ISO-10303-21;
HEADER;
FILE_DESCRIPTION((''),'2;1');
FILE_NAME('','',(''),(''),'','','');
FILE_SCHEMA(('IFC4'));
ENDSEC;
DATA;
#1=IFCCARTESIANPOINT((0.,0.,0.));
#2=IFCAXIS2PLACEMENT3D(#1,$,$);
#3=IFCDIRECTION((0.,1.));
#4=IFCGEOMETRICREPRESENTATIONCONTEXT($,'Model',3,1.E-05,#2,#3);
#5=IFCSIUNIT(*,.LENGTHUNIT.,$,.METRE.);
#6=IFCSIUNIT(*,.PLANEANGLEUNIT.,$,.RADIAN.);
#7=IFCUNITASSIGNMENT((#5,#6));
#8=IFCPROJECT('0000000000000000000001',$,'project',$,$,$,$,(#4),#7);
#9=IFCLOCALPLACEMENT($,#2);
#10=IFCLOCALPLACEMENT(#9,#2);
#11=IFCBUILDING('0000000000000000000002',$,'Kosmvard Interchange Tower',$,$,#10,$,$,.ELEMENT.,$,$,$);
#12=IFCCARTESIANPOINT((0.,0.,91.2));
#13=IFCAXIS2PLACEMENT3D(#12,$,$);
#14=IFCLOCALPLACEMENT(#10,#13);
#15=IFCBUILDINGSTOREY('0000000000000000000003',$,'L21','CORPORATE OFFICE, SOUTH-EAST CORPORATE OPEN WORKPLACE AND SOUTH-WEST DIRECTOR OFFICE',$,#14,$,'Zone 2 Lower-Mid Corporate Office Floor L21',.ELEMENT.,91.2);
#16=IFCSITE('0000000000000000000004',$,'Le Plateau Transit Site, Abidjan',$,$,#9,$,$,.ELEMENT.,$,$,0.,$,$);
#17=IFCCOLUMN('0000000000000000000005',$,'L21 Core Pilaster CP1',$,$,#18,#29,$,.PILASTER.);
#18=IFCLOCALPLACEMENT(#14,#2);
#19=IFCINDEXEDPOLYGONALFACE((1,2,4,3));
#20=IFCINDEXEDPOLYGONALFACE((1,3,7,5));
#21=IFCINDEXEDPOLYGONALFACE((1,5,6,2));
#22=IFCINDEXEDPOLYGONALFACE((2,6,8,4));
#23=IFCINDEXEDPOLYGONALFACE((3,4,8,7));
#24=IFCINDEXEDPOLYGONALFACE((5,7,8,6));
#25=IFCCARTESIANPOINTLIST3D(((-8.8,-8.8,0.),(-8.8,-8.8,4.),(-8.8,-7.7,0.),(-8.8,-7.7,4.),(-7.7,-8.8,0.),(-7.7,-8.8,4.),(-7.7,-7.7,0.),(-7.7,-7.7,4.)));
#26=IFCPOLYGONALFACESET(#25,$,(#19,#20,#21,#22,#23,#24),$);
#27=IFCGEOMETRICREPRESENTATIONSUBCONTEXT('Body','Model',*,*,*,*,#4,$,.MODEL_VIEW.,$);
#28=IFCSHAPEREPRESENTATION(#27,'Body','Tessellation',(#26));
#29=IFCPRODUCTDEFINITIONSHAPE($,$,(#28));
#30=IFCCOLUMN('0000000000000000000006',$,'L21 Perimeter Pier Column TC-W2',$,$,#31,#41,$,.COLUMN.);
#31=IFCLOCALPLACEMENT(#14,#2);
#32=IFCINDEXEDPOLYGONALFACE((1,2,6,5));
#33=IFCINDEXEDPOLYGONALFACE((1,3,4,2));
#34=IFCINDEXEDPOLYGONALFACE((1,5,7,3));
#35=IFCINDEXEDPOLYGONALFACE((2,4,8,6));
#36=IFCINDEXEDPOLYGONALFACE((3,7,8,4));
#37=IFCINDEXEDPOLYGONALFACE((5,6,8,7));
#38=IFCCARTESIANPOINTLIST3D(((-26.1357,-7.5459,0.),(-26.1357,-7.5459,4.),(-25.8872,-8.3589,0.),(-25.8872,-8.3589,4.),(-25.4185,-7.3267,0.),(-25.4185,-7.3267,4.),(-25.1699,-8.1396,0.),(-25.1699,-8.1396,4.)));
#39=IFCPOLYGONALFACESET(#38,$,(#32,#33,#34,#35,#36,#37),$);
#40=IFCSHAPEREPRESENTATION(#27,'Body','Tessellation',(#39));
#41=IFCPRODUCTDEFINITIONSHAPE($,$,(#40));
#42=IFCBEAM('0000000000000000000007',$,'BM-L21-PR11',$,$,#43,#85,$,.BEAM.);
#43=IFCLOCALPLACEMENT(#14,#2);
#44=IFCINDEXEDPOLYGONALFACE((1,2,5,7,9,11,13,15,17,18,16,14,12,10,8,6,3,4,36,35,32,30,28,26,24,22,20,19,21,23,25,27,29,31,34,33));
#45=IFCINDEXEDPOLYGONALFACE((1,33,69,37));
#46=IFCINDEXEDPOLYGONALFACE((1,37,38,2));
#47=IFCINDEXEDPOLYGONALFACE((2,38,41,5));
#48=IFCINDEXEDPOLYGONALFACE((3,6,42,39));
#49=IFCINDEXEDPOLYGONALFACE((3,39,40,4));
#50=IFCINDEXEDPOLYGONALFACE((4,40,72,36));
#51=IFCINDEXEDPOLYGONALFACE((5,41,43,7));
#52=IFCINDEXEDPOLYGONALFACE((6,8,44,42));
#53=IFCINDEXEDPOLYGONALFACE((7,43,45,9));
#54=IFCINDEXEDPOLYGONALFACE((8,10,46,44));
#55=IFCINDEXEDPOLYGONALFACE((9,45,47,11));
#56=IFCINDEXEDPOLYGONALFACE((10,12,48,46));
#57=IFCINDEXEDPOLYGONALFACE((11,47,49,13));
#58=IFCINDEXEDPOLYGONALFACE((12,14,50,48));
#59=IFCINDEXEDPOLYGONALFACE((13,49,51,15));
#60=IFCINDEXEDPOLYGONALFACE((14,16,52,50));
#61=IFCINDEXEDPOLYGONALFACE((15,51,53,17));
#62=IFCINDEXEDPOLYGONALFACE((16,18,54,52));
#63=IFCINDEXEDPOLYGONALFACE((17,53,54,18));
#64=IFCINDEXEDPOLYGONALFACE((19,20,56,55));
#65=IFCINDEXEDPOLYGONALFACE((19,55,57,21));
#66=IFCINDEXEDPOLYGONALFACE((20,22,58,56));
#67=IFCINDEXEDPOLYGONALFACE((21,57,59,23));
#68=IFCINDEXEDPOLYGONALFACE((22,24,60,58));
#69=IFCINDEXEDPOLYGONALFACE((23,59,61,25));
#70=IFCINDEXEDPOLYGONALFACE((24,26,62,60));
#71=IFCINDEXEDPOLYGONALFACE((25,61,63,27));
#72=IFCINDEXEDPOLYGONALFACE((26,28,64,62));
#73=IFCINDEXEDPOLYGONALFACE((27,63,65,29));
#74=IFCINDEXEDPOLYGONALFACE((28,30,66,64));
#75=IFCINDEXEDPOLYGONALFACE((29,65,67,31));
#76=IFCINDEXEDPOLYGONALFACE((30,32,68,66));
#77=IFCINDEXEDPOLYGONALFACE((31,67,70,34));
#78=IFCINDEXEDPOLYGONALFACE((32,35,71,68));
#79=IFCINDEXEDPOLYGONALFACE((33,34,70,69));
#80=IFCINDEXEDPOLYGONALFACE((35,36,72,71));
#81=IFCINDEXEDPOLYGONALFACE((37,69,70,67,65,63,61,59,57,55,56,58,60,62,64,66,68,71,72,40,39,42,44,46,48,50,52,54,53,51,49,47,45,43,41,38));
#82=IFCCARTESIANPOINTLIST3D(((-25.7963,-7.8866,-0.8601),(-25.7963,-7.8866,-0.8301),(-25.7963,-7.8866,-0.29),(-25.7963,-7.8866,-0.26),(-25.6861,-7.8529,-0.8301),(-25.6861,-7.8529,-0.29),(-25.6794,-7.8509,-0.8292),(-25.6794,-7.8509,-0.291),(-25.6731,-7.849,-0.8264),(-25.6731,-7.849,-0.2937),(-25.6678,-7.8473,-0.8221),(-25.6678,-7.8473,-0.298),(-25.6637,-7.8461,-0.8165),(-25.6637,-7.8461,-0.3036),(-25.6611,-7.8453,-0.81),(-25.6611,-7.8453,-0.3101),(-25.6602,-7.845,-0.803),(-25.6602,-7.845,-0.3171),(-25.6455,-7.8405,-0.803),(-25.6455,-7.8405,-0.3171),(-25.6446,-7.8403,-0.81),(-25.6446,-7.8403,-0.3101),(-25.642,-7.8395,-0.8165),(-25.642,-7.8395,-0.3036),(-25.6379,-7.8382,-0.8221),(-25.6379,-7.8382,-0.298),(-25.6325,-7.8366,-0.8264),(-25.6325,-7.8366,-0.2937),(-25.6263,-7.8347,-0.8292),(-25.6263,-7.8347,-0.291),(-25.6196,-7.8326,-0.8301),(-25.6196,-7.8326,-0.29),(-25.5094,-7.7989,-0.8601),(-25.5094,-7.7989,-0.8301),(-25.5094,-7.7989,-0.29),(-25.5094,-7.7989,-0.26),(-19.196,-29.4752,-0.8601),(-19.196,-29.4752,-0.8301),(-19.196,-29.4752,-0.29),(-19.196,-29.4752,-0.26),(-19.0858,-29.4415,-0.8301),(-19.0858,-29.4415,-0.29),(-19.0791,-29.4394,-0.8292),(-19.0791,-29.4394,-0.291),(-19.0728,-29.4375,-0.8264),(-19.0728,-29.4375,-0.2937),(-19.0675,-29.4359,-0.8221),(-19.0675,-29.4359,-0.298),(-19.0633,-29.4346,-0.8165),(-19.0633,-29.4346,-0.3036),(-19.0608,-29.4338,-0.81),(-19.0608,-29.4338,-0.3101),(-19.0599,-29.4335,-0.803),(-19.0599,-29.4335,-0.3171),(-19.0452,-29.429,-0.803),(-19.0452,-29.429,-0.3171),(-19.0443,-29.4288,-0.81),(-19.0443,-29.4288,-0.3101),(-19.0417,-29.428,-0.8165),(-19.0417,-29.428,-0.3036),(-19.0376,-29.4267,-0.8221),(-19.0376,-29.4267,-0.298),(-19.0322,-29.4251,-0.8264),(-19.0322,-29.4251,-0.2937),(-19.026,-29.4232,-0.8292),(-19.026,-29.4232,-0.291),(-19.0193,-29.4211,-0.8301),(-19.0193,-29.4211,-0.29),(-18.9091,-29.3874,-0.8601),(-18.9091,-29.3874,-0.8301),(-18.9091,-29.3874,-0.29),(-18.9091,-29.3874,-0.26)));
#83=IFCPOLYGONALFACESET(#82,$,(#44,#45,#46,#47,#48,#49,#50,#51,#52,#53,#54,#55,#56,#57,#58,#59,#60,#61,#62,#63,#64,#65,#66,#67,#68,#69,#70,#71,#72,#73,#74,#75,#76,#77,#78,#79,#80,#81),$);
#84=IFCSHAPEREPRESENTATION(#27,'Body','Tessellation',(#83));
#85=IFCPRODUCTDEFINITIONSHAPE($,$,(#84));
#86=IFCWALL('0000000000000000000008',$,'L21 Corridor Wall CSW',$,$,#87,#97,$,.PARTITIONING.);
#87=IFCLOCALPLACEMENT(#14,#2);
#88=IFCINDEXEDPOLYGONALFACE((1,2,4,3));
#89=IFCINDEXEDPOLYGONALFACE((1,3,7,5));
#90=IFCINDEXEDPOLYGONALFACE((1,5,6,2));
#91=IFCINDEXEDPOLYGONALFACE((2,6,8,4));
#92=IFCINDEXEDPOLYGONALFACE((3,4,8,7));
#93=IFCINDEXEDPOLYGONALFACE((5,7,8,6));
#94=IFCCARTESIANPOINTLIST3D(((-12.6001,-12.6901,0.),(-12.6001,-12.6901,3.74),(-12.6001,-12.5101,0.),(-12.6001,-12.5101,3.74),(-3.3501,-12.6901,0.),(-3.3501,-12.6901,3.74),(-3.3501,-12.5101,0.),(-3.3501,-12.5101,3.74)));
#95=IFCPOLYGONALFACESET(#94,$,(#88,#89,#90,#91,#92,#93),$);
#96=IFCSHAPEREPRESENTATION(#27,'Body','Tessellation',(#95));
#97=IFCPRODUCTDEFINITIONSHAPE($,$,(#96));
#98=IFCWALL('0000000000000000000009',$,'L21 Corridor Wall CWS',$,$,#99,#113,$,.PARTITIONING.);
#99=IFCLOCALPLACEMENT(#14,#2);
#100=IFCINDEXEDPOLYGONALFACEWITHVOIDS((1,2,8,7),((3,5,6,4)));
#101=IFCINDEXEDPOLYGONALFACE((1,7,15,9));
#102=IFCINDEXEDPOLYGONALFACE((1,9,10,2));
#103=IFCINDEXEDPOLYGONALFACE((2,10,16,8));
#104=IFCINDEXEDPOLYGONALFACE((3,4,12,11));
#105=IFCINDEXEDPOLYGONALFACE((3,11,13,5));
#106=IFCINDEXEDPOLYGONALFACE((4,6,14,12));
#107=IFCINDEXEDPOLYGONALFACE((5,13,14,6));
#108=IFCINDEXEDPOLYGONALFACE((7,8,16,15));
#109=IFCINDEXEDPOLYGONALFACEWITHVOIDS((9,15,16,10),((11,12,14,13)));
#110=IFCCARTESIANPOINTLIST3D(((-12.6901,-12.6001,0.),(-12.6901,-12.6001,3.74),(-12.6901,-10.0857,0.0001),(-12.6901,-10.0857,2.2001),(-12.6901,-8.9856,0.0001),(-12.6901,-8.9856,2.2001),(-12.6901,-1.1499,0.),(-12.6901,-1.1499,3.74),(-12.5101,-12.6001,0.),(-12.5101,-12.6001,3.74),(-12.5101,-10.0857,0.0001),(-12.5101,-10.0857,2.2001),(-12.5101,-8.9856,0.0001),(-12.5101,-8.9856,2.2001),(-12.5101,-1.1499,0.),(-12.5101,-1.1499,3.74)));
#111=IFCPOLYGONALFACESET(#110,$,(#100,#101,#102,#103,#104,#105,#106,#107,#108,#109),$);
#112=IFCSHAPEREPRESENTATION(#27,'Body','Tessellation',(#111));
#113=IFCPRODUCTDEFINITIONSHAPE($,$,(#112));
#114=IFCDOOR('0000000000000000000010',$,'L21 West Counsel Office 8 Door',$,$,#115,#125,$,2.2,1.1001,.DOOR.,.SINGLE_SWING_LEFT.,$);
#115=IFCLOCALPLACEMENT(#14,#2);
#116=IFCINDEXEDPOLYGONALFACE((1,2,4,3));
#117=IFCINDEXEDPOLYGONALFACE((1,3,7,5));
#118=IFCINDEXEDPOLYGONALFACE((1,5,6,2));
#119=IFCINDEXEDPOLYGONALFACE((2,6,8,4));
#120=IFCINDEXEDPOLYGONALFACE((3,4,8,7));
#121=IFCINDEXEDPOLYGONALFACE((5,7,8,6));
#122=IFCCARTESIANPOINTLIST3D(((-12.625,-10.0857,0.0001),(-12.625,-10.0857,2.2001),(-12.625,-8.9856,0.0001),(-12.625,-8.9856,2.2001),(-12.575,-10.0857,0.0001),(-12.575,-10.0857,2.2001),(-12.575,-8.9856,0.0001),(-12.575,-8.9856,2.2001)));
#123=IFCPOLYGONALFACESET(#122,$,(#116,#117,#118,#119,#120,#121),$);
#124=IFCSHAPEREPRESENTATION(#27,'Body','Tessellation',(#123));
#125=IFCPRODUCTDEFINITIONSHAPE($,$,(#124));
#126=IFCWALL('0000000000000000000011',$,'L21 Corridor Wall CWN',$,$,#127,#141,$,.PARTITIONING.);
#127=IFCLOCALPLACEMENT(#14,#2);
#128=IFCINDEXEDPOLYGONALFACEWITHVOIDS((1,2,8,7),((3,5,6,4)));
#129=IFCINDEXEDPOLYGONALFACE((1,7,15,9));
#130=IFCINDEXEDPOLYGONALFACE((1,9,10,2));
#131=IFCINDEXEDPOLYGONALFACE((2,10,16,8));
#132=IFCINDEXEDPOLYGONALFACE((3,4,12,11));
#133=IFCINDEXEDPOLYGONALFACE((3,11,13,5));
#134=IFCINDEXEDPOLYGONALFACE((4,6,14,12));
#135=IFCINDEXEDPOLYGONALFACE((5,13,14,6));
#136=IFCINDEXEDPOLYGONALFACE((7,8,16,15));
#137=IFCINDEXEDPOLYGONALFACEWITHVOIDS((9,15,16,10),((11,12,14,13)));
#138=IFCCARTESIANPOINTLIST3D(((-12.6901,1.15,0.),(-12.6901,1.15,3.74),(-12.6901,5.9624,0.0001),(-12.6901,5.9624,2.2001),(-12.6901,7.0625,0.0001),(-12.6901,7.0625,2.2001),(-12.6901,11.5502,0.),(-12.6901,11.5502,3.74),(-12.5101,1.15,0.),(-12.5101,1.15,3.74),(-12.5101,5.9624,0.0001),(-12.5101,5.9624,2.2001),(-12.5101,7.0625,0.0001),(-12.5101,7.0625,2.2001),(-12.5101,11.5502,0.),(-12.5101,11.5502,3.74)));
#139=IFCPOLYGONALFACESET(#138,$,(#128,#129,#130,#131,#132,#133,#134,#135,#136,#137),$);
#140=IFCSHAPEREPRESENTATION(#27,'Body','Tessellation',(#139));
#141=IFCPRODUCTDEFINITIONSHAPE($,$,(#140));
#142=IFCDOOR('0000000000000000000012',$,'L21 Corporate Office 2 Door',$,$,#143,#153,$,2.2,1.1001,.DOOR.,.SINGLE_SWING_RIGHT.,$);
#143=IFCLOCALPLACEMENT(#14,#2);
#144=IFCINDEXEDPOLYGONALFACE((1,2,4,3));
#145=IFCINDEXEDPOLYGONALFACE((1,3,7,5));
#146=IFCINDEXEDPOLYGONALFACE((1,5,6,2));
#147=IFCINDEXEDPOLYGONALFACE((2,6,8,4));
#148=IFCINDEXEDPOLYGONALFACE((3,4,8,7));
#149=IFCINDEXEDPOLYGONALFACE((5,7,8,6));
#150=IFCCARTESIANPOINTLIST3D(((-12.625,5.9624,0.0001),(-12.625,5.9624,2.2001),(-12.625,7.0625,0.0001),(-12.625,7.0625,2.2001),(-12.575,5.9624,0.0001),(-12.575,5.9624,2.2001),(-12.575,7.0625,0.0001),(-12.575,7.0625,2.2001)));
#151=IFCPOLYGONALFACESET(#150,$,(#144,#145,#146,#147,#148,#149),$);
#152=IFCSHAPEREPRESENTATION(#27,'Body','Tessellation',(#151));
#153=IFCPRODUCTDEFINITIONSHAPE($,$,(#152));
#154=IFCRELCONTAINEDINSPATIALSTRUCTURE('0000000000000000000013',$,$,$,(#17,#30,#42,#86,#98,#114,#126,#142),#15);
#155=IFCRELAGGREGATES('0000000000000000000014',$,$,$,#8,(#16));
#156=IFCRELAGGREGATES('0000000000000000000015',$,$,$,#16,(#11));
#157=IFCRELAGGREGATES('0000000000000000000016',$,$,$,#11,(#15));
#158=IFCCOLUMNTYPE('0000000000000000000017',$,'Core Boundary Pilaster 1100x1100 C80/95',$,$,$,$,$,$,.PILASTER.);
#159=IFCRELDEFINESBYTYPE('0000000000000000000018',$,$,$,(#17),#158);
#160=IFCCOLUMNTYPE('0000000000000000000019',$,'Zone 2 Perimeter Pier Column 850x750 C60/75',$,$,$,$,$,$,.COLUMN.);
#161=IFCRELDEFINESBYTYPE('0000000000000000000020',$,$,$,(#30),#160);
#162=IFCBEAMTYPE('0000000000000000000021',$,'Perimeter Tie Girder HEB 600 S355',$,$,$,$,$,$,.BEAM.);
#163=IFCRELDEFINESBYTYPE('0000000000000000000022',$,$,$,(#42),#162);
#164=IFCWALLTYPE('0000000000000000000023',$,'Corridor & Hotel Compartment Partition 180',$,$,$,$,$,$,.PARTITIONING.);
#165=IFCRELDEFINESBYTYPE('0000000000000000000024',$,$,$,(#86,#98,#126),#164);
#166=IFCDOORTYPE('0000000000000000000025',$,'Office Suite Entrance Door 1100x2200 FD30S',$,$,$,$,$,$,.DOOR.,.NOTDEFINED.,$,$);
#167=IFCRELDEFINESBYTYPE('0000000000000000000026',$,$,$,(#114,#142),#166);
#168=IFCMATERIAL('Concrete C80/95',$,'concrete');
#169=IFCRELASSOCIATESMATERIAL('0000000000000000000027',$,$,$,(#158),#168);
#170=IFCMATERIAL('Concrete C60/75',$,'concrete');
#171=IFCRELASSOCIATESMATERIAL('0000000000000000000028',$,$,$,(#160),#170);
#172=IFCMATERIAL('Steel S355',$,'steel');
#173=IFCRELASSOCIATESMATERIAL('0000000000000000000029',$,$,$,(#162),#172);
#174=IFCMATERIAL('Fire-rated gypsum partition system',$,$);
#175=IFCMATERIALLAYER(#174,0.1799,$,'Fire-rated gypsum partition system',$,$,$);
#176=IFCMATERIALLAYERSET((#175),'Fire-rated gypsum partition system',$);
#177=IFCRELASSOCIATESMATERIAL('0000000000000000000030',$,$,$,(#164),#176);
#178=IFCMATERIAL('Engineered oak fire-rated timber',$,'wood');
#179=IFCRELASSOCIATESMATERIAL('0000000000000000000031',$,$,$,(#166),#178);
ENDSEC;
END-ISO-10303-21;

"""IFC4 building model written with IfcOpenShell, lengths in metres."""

from ifc_helpers import new_model, si_unit, direction, frame, frame_2d, origin, origin_2d, place, context, subcontext, project, spatial, rectangle, i_section, extrude, source, transform, mapped, material, layer, layer_set, material_profile, profile_set, type_object, element, fill, save


model = new_model("IFC4")

# Units and contexts
model_context = context("Model", 3, precision=1e-05, world=origin(), true_north=direction((0.0, 1.0)))
body_context = subcontext(model_context, "Body", "Model", "MODEL_VIEW")
ifc_project = project(units=[si_unit("LENGTHUNIT", "METRE"), si_unit("PLANEANGLEUNIT", "RADIAN")], contexts=[model_context])

# Site, building, storey
site_placement = place(None, origin())
site = spatial("IfcSite", under=ifc_project, at=site_placement, Name="Le Plateau Transit Site, Abidjan", CompositionType="ELEMENT", RefElevation=0.0)
building_placement = place(site_placement, origin())
building = spatial("IfcBuilding", under=site, at=building_placement, Name="Kosmvard Interchange Tower", CompositionType="ELEMENT")
storey_placement = place(building_placement, frame((0.0, 0.0, 91.2)))
storey = spatial("IfcBuildingStorey", under=building, at=storey_placement, Name="L21", Description="CORPORATE OFFICE, SOUTH-EAST CORPORATE OPEN WORKPLACE AND SOUTH-WEST DIRECTOR OFFICE", LongName="Zone 2 Lower-Mid Corporate Office Floor L21", CompositionType="ELEMENT", Elevation=91.2)

# Columns
ifc_material_1 = material(Name="Concrete C80/95", Category="concrete")
ifc_material_profile_1 = material_profile(ifc_material_1, rectangle(XDim=1.1001, YDim=1.1001, at=origin_2d()), Name="CP 1100x1100")
ifc_profile_set_1 = profile_set([ifc_material_profile_1], Name="Concrete C80/95")
column_type_1 = type_object("IfcColumnType", Name="Core Boundary Pilaster 1100x1100 C80/95", PredefinedType="PILASTER", material=ifc_profile_set_1)
shared_shape_1 = source(origin(), body_context, "Body", "SweptSolid", [
    extrude(rectangle(XDim=1.1001, YDim=1.1001, at=origin_2d()), origin(), (0.0, 0.0, 1.0), 4.0),
])
column_1_placement = place(storey_placement, frame((-8.25, -8.25, 0.0), z_axis=(0.0, 0.0, 1.0), x_axis=(1.0, 0.0, 0.0)))
element("IfcColumn", 1, at=column_1_placement, inside=storey, type_object=column_type_1, Name="L21 Core Pilaster CP1", PredefinedType="PILASTER", context=body_context, shape_type="MappedRepresentation", body=[
    mapped(shared_shape_1, transform((0.0, 0.0, 0.0), scale=1.0)),
])
ifc_material_2 = material(Name="Concrete C60/75", Category="concrete")
ifc_material_profile_2 = material_profile(ifc_material_2, rectangle(XDim=0.75, YDim=0.8501, at=origin_2d()), Name="TC 850x750")
ifc_profile_set_2 = profile_set([ifc_material_profile_2], Name="Concrete C60/75")
column_type_2 = type_object("IfcColumnType", Name="Zone 2 Perimeter Pier Column 850x750 C60/75", PredefinedType="COLUMN", material=ifc_profile_set_2)
shared_shape_2 = source(origin(), body_context, "Body", "SweptSolid", [
    extrude(rectangle(XDim=0.75, YDim=0.8501, at=origin_2d()), origin(), (0.0, 0.0, 1.0), 4.0),
])
column_2_placement = place(storey_placement, frame((-25.6528, -7.8428, 0.0), z_axis=(0.0, 0.0, 1.0), x_axis=(0.956305, 0.292372, 0.0)))
element("IfcColumn", 2, at=column_2_placement, inside=storey, type_object=column_type_2, Name="L21 Perimeter Pier Column TC-W2", PredefinedType="COLUMN", context=body_context, shape_type="MappedRepresentation", body=[
    mapped(shared_shape_2, transform((0.0, 0.0, 0.0), scale=1.0)),
])

# Beam
ifc_material_3 = material(Name="Steel S355", Category="steel")
ifc_material_profile_3 = material_profile(ifc_material_3, i_section(OverallWidth=0.3, OverallDepth=0.6001, WebThickness=0.0154, FlangeThickness=0.03, FilletRadius=0.0271, at=origin_2d()), Name="HEB 600")
ifc_profile_set_3 = profile_set([ifc_material_profile_3], Name="Steel S355")
beam_type = type_object("IfcBeamType", Name="Perimeter Tie Girder HEB 600 S355", PredefinedType="BEAM", material=ifc_profile_set_3)
shared_shape_3 = source(origin(), body_context, "Body", "SweptSolid", [
    extrude(i_section(OverallWidth=0.3, OverallDepth=0.6001, WebThickness=0.0154, FlangeThickness=0.03, FilletRadius=0.0271, at=origin_2d()), origin(), (0.0, 0.0, 1.0), 22.575),
])
beam_placement = place(storey_placement, frame((-25.6528, -7.8428, -0.5601), z_axis=(0.292373, -0.956304, 0.0), x_axis=(0.956304, 0.292373, 0.0)))
element("IfcBeam", 3, at=beam_placement, inside=storey, type_object=beam_type, Name="BM-L21-PR11", PredefinedType="BEAM", context=body_context, shape_type="MappedRepresentation", body=[
    mapped(shared_shape_3, transform((0.0, 0.0, 0.0), scale=1.0)),
])

# Wall
ifc_material_4 = material(Name="Fire-rated gypsum partition system")
ifc_layer_1 = layer(ifc_material_4, 0.1799, Name="Fire-rated gypsum partition system")
ifc_layer_set_1 = layer_set([ifc_layer_1], Name="Fire-rated gypsum partition system")
wall_type_1 = type_object("IfcWallType", Name="Corridor & Hotel Compartment Partition 180", PredefinedType="PARTITIONING", material=ifc_layer_set_1)
wall_1_placement = place(storey_placement, frame((-12.6001, -12.6001, 0.0), z_axis=(0.0, 0.0, 1.0), x_axis=(1.0, 0.0, 0.0)))
element("IfcWall", 4, at=wall_1_placement, inside=storey, type_object=wall_type_1, Name="L21 Corridor Wall CSW", PredefinedType="PARTITIONING", context=body_context, shape_type="SweptSolid", body=[
    extrude(rectangle(XDim=9.25, YDim=0.1799, at=frame_2d((4.625, 0.0))), origin(), (0.0, 0.0, 1.0), 3.74),
])

# Walls, openings, doors
wall_2_placement = place(storey_placement, frame((-12.6001, -12.6001, 0.0), z_axis=(0.0, 0.0, 1.0), x_axis=(0.0, 1.0, 0.0)))
wall_2 = element("IfcWall", 5, at=wall_2_placement, inside=storey, type_object=wall_type_1, Name="L21 Corridor Wall CWS", PredefinedType="PARTITIONING", context=body_context, shape_type="SweptSolid", body=[
    extrude(rectangle(XDim=11.4502, YDim=0.1799, at=frame_2d((5.7251, 0.0))), origin(), (0.0, 0.0, 1.0), 3.74),
])
opening_1_placement = place(wall_2_placement, frame((2.5144, 0.0, 0.0)))
opening_1 = element("IfcOpeningElement", 6, at=opening_1_placement, cuts=wall_2, PredefinedType="OPENING", context=body_context, shape_type="SweptSolid", body=[
    extrude(rectangle(XDim=1.1001, YDim=2.2, at=frame_2d((0.55, 1.1001))), frame((0.0, 0.1001, 0.0), z_axis=(0.0, -1.0, 0.0), x_axis=(1.0, 0.0, 0.0)), (0.0, 0.0, 1.0), 0.2),
])
ifc_material_5 = material(Name="Engineered oak fire-rated timber", Category="wood")
door_type_1 = type_object("IfcDoorType", Name="Office Suite Entrance Door 1100x2200 FD30S", OperationType="NOTDEFINED", PredefinedType="DOOR", material=ifc_material_5)
shared_shape_4 = source(origin(), body_context, "Body", "SweptSolid", [
    extrude(rectangle(XDim=1.1001, YDim=2.2, at=frame_2d((0.55, 1.1001))), frame((0.0, 0.0249, 0.0), z_axis=(0.0, -1.0, 0.0), x_axis=(1.0, 0.0, 0.0)), (0.0, 0.0, 1.0), 0.05),
])
door_1_placement = place(opening_1_placement, origin())
door_1 = element("IfcDoor", 7, at=door_1_placement, inside=storey, type_object=door_type_1, Name="L21 West Counsel Office 8 Door", OperationType="SINGLE_SWING_LEFT", OverallHeight=2.2, OverallWidth=1.1001, PredefinedType="DOOR", context=body_context, shape_type="MappedRepresentation", body=[
    mapped(shared_shape_4, transform((0.0, 0.0, 0.0), scale=1.0)),
])
fill(opening_1, door_1)
wall_3_placement = place(storey_placement, frame((-12.6001, 1.1499, 0.0), z_axis=(0.0, 0.0, 1.0), x_axis=(0.0, 1.0, 0.0)))
wall_3 = element("IfcWall", 8, at=wall_3_placement, inside=storey, type_object=wall_type_1, Name="L21 Corridor Wall CWN", PredefinedType="PARTITIONING", context=body_context, shape_type="SweptSolid", body=[
    extrude(rectangle(XDim=10.4001, YDim=0.1799, at=frame_2d((5.2002, 0.0))), origin(), (0.0, 0.0, 1.0), 3.74),
])
opening_2_placement = place(wall_3_placement, frame((4.8125, 0.0, 0.0)))
opening_2 = element("IfcOpeningElement", 9, at=opening_2_placement, cuts=wall_3, PredefinedType="OPENING", context=body_context, shape_type="SweptSolid", body=[
    extrude(rectangle(XDim=1.1001, YDim=2.2, at=frame_2d((0.55, 1.1001))), frame((0.0, 0.1001, 0.0), z_axis=(0.0, -1.0, 0.0), x_axis=(1.0, 0.0, 0.0)), (0.0, 0.0, 1.0), 0.2),
])
door_2_placement = place(opening_2_placement, origin())
door_2 = element("IfcDoor", 10, at=door_2_placement, inside=storey, type_object=door_type_1, Name="L21 Corporate Office 2 Door", OperationType="SINGLE_SWING_RIGHT", OverallHeight=2.2, OverallWidth=1.1001, PredefinedType="DOOR", context=body_context, shape_type="MappedRepresentation", body=[
    mapped(shared_shape_4, transform((0.0, 0.0, 0.0), scale=1.0)),
])
fill(opening_2, door_2)

save(model, "model.ifc")
